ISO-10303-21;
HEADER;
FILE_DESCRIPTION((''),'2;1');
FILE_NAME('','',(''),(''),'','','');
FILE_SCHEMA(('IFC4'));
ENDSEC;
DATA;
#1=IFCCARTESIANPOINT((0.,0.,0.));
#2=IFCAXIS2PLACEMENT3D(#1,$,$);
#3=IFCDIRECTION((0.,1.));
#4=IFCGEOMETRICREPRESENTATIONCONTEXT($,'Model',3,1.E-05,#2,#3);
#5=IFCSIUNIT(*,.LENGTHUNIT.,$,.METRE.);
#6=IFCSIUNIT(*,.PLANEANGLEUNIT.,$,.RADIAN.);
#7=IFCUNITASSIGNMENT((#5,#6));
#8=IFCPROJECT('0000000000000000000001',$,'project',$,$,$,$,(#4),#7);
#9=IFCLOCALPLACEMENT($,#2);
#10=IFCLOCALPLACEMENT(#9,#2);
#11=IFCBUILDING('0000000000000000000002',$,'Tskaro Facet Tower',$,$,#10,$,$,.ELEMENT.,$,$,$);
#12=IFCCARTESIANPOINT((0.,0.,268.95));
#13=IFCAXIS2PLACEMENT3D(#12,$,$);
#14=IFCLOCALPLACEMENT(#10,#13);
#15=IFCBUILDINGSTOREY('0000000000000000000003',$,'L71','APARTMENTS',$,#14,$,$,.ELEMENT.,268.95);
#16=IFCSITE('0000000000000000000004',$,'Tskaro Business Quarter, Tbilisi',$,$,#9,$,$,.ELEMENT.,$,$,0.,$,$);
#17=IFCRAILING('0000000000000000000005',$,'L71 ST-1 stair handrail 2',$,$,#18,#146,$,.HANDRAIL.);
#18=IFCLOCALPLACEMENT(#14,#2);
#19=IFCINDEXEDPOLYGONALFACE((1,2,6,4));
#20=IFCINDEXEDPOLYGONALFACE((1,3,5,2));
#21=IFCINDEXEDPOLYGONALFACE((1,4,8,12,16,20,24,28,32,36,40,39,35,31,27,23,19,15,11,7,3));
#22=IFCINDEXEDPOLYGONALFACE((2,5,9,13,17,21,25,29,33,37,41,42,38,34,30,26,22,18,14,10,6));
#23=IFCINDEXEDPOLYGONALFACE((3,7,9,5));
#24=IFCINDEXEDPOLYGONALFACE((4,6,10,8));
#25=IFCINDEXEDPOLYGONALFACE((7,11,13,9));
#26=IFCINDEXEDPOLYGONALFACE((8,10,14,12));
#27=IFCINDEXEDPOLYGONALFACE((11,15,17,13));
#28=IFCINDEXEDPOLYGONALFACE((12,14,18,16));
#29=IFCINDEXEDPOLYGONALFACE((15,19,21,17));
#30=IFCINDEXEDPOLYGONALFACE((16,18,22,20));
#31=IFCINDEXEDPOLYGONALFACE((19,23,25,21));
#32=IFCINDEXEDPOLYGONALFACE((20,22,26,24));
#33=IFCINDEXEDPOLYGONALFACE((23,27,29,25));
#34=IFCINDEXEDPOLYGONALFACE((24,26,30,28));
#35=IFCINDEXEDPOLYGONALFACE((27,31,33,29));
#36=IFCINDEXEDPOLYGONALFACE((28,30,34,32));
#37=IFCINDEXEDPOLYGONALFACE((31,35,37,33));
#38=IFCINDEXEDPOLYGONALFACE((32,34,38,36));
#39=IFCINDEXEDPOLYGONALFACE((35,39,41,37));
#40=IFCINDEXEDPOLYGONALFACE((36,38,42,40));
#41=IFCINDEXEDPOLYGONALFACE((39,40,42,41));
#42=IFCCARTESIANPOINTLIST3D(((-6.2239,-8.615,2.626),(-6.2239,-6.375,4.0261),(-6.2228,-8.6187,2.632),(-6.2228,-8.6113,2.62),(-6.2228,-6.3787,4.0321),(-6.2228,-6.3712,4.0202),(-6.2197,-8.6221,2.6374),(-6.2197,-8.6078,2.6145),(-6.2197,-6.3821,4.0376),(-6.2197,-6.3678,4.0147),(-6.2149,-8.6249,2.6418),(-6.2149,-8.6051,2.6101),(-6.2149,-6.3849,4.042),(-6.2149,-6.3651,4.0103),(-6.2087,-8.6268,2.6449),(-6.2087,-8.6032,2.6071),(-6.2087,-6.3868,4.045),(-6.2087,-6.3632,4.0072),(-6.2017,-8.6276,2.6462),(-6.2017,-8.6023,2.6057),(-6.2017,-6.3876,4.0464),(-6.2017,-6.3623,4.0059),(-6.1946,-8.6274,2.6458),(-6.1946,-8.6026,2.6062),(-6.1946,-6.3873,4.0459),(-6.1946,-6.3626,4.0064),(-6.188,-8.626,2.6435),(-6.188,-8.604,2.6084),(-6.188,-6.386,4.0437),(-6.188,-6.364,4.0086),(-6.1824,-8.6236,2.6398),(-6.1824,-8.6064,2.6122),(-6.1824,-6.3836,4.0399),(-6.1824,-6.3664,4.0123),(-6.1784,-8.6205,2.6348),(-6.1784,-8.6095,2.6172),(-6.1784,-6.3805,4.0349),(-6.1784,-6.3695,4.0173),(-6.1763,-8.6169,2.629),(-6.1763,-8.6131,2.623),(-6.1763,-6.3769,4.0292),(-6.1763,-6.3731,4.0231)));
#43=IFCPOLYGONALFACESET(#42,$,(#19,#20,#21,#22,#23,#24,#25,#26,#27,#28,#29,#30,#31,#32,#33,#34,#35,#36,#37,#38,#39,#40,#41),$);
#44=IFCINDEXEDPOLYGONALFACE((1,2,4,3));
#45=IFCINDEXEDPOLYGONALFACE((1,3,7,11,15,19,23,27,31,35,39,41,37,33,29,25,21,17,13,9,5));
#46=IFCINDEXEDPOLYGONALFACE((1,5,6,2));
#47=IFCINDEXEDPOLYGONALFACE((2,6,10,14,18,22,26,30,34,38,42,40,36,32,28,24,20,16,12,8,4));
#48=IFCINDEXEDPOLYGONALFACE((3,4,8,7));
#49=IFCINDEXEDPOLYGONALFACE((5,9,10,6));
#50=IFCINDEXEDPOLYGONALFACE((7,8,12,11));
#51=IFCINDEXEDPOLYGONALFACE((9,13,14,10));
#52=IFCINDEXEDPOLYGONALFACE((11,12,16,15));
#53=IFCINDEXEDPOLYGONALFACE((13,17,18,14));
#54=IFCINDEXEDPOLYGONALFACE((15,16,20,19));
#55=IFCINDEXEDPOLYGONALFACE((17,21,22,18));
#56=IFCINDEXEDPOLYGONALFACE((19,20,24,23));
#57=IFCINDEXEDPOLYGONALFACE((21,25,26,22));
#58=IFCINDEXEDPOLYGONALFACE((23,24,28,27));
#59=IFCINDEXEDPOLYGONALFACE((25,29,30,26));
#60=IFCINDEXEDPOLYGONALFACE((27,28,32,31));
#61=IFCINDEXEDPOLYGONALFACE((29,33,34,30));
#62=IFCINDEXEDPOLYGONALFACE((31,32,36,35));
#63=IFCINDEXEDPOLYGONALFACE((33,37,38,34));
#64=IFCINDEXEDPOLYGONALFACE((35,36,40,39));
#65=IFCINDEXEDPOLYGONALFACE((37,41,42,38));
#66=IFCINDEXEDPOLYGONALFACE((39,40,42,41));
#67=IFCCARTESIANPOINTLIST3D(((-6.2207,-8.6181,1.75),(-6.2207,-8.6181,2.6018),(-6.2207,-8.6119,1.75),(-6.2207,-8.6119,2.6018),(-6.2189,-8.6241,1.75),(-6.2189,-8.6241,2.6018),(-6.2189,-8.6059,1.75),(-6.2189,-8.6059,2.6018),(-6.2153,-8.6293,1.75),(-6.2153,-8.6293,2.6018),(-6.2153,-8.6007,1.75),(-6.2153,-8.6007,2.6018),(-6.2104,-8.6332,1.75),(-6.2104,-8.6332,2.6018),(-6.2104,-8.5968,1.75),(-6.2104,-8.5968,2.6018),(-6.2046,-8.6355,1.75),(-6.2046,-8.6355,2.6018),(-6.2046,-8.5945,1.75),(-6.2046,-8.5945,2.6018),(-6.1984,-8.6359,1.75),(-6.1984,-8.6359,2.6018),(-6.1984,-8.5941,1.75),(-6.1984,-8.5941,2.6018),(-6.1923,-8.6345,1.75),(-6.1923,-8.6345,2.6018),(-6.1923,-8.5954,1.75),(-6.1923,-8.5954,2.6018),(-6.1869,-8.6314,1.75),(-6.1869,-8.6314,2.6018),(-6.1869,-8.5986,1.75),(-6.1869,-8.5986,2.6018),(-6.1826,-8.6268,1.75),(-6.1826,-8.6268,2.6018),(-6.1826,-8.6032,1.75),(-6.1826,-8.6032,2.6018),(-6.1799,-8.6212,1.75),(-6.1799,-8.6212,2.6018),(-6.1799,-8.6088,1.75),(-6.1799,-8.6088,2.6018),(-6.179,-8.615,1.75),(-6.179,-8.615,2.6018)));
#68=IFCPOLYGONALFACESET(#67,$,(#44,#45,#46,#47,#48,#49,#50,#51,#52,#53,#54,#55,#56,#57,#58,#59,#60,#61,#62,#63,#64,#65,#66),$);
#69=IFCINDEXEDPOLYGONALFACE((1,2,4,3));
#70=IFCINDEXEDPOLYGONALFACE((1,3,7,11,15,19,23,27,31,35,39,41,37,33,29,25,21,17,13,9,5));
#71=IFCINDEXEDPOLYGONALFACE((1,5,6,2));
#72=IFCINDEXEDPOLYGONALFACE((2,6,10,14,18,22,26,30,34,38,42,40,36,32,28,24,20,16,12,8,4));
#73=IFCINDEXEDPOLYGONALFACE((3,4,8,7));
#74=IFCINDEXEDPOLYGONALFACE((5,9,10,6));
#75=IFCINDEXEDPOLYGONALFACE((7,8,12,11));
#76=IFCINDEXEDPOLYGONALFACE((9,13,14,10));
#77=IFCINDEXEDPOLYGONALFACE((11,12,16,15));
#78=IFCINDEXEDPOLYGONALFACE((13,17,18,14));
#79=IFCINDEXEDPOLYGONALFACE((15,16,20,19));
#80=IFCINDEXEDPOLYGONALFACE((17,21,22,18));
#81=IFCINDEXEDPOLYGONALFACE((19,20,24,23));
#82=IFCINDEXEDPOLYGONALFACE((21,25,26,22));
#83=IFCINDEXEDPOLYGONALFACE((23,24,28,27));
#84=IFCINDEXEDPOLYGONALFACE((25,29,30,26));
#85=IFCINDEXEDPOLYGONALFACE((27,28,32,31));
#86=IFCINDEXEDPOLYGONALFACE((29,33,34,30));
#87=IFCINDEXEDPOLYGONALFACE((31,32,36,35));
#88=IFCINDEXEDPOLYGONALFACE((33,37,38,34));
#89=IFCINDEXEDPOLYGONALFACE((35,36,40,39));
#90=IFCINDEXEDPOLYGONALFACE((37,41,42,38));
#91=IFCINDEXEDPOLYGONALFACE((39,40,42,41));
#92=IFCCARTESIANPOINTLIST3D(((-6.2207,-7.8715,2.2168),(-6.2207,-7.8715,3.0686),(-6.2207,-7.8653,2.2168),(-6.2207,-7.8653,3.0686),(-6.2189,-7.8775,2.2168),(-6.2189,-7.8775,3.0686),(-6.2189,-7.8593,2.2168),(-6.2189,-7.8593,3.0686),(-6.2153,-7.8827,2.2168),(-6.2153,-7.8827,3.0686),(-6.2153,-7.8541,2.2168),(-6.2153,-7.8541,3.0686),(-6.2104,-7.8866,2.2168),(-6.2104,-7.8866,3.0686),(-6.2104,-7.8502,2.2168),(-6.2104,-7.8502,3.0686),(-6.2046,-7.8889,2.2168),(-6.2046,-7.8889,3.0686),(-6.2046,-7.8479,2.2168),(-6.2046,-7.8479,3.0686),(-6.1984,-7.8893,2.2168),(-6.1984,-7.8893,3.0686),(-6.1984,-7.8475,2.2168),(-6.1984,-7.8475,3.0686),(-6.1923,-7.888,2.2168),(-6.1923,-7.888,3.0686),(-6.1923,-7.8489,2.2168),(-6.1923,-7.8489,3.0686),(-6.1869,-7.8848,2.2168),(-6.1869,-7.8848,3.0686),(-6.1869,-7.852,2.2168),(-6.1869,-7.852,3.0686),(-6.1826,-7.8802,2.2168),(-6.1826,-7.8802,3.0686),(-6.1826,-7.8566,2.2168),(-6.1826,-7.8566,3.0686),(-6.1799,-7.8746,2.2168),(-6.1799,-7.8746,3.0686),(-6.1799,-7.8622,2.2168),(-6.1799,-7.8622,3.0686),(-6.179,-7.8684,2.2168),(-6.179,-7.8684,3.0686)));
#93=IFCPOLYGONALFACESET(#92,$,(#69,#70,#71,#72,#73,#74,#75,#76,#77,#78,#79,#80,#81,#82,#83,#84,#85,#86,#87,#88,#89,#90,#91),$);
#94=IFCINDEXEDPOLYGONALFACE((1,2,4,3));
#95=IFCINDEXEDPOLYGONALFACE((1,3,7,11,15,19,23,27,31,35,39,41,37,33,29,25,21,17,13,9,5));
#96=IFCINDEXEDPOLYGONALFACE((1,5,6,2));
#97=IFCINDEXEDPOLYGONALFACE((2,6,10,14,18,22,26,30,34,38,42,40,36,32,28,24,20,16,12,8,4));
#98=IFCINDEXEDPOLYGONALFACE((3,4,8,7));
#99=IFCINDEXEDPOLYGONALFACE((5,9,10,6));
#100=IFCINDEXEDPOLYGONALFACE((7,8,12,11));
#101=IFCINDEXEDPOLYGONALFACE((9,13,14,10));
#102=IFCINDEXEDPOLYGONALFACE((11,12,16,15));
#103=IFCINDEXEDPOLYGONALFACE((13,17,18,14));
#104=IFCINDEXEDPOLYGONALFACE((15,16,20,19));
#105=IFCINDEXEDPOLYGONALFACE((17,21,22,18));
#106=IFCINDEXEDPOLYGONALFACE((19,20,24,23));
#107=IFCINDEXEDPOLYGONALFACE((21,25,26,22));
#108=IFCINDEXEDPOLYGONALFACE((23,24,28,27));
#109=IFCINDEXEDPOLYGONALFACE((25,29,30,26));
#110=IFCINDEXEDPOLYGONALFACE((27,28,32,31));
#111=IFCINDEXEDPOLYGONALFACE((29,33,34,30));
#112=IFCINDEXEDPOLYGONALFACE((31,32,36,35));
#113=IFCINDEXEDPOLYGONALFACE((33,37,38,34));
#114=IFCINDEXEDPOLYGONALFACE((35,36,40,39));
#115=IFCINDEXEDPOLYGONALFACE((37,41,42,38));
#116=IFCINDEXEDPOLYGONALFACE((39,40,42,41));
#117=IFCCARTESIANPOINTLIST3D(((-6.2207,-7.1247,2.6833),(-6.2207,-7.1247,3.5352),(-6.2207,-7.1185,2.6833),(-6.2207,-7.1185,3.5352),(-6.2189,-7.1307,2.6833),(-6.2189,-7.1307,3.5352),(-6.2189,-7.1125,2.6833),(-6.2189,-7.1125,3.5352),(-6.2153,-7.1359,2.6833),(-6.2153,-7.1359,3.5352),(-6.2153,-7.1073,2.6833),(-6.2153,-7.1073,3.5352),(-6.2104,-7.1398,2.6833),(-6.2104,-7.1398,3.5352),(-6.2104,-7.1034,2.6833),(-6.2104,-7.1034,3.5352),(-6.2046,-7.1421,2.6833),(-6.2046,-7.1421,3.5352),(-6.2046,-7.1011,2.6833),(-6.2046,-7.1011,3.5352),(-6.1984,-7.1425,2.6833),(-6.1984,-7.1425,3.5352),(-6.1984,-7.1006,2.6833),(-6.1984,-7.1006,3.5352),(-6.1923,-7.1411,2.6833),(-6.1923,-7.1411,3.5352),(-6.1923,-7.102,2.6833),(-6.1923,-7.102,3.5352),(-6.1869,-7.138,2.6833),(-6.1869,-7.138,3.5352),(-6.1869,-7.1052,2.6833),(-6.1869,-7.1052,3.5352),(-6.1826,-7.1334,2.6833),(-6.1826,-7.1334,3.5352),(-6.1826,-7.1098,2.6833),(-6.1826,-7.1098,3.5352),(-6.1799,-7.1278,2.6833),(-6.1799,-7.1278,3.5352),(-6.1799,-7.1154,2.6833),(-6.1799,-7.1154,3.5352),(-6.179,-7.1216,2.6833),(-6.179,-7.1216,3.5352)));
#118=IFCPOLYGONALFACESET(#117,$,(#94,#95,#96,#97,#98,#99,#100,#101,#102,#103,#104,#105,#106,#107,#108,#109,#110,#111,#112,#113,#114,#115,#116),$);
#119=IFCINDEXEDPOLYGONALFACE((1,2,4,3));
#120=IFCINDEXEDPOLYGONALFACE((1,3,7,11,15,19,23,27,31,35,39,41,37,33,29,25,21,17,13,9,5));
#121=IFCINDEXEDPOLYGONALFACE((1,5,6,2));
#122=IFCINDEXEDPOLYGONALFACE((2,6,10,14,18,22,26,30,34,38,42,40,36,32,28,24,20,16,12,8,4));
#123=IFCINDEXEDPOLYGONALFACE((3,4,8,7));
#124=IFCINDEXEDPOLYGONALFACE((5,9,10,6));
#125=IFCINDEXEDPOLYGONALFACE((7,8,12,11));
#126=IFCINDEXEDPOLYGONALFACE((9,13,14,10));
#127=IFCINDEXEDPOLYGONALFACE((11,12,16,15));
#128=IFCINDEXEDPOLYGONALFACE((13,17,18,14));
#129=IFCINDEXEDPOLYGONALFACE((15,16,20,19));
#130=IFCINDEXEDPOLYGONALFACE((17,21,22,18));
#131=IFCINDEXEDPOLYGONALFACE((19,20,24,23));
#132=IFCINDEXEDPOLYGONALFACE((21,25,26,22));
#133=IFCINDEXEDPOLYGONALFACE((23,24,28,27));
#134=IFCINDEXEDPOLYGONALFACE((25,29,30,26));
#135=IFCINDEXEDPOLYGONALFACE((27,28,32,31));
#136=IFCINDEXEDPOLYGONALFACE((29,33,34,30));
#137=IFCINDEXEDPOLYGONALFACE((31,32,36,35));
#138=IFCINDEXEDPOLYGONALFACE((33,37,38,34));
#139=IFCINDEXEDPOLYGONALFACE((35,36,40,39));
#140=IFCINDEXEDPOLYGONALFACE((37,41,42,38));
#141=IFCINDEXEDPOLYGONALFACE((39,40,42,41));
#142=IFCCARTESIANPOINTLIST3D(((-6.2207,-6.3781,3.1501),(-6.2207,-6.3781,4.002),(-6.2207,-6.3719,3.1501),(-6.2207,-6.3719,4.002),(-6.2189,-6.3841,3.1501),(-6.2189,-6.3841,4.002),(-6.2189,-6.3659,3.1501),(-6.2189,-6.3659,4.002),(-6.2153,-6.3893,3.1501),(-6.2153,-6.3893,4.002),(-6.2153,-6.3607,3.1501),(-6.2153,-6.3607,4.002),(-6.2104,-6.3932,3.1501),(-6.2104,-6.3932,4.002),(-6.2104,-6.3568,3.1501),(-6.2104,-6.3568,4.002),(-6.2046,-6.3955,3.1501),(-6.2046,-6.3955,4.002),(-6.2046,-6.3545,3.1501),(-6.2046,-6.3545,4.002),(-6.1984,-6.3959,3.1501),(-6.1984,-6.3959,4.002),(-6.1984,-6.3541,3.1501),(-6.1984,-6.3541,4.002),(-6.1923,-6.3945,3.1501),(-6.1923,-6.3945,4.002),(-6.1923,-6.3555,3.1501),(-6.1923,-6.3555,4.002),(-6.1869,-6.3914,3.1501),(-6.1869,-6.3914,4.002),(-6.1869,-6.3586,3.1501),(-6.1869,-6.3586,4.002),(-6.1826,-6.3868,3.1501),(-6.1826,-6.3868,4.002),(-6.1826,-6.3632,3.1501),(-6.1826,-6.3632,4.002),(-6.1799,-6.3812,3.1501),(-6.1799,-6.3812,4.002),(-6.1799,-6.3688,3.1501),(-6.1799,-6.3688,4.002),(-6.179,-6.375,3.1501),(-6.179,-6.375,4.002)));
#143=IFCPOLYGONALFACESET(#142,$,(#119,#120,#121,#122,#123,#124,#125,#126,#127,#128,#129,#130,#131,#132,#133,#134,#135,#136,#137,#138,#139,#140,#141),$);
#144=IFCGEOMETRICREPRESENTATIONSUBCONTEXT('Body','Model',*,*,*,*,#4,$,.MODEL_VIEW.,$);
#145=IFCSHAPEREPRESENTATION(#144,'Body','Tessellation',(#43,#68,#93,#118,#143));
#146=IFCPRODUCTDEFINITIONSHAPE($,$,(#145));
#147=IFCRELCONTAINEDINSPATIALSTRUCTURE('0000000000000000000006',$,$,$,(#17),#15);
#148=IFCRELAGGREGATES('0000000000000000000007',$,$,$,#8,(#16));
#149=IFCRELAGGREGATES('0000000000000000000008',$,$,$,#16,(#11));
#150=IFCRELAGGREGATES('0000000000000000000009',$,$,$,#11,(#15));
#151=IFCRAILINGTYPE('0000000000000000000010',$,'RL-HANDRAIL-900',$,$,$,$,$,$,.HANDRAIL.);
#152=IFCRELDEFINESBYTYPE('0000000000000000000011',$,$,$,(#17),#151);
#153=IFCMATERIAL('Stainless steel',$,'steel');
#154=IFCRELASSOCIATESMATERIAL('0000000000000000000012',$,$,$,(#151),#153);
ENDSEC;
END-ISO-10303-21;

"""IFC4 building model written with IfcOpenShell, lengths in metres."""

from ifc_helpers import new_model, si_unit, direction, frame, origin, origin_2d, place, context, subcontext, project, spatial, circle, extrude, material, type_object, element, save


model = new_model("IFC4")

# Units and contexts
model_context = context("Model", 3, precision=1e-05, world=origin(), true_north=direction((0.0, 1.0)))
body_context = subcontext(model_context, "Body", "Model", "MODEL_VIEW")
ifc_project = project(units=[si_unit("LENGTHUNIT", "METRE"), si_unit("PLANEANGLEUNIT", "RADIAN")], contexts=[model_context])

# Site, building, storey
site_placement = place(None, origin())
site = spatial("IfcSite", under=ifc_project, at=site_placement, Name="Tskaro Business Quarter, Tbilisi", CompositionType="ELEMENT", RefElevation=0.0)
building_placement = place(site_placement, origin())
building = spatial("IfcBuilding", under=site, at=building_placement, Name="Tskaro Facet Tower", CompositionType="ELEMENT")
storey_placement = place(building_placement, frame((0.0, 0.0, 268.95)))
storey = spatial("IfcBuildingStorey", under=building, at=storey_placement, Name="L71", Description="APARTMENTS", CompositionType="ELEMENT", Elevation=268.95)

# Shared definitions
ifc_material_1 = material(Name="Stainless steel", Category="steel")

# Railing
railing_type_1 = type_object("IfcRailingType", Name="RL-HANDRAIL-900", PredefinedType="HANDRAIL", material=ifc_material_1)
railing_1_placement = place(storey_placement, frame((-6.2, -8.615, 1.75)))
element("IfcRailing", 1, at=railing_1_placement, inside=storey, type_object=railing_type_1, Name="L71 ST-1 stair handrail 2", PredefinedType="HANDRAIL", context=body_context, shape_type="SweptSolid", body=[
    extrude(circle(Radius=0.0239, at=origin_2d()), frame((0.0, 0.0, 0.876), z_axis=(0.0, 0.847972, 0.53004), x_axis=(-1.0, 0.0, 0.0)), (0.0, 0.0, 1.0), 2.6416),
    extrude(circle(Radius=0.021, at=origin_2d()), origin(), (0.0, 0.0, 1.0), 0.8518),
    extrude(circle(Radius=0.021, at=origin_2d()), frame((0.0, 0.7466, 0.4668)), (0.0, 0.0, 1.0), 0.8518),
    extrude(circle(Radius=0.021, at=origin_2d()), frame((0.0, 1.4934, 0.9333)), (0.0, 0.0, 1.0), 0.8518),
    extrude(circle(Radius=0.021, at=origin_2d()), frame((0.0, 2.24, 1.4001)), (0.0, 0.0, 1.0), 0.8518),
])

save(model, "model.ifc")
